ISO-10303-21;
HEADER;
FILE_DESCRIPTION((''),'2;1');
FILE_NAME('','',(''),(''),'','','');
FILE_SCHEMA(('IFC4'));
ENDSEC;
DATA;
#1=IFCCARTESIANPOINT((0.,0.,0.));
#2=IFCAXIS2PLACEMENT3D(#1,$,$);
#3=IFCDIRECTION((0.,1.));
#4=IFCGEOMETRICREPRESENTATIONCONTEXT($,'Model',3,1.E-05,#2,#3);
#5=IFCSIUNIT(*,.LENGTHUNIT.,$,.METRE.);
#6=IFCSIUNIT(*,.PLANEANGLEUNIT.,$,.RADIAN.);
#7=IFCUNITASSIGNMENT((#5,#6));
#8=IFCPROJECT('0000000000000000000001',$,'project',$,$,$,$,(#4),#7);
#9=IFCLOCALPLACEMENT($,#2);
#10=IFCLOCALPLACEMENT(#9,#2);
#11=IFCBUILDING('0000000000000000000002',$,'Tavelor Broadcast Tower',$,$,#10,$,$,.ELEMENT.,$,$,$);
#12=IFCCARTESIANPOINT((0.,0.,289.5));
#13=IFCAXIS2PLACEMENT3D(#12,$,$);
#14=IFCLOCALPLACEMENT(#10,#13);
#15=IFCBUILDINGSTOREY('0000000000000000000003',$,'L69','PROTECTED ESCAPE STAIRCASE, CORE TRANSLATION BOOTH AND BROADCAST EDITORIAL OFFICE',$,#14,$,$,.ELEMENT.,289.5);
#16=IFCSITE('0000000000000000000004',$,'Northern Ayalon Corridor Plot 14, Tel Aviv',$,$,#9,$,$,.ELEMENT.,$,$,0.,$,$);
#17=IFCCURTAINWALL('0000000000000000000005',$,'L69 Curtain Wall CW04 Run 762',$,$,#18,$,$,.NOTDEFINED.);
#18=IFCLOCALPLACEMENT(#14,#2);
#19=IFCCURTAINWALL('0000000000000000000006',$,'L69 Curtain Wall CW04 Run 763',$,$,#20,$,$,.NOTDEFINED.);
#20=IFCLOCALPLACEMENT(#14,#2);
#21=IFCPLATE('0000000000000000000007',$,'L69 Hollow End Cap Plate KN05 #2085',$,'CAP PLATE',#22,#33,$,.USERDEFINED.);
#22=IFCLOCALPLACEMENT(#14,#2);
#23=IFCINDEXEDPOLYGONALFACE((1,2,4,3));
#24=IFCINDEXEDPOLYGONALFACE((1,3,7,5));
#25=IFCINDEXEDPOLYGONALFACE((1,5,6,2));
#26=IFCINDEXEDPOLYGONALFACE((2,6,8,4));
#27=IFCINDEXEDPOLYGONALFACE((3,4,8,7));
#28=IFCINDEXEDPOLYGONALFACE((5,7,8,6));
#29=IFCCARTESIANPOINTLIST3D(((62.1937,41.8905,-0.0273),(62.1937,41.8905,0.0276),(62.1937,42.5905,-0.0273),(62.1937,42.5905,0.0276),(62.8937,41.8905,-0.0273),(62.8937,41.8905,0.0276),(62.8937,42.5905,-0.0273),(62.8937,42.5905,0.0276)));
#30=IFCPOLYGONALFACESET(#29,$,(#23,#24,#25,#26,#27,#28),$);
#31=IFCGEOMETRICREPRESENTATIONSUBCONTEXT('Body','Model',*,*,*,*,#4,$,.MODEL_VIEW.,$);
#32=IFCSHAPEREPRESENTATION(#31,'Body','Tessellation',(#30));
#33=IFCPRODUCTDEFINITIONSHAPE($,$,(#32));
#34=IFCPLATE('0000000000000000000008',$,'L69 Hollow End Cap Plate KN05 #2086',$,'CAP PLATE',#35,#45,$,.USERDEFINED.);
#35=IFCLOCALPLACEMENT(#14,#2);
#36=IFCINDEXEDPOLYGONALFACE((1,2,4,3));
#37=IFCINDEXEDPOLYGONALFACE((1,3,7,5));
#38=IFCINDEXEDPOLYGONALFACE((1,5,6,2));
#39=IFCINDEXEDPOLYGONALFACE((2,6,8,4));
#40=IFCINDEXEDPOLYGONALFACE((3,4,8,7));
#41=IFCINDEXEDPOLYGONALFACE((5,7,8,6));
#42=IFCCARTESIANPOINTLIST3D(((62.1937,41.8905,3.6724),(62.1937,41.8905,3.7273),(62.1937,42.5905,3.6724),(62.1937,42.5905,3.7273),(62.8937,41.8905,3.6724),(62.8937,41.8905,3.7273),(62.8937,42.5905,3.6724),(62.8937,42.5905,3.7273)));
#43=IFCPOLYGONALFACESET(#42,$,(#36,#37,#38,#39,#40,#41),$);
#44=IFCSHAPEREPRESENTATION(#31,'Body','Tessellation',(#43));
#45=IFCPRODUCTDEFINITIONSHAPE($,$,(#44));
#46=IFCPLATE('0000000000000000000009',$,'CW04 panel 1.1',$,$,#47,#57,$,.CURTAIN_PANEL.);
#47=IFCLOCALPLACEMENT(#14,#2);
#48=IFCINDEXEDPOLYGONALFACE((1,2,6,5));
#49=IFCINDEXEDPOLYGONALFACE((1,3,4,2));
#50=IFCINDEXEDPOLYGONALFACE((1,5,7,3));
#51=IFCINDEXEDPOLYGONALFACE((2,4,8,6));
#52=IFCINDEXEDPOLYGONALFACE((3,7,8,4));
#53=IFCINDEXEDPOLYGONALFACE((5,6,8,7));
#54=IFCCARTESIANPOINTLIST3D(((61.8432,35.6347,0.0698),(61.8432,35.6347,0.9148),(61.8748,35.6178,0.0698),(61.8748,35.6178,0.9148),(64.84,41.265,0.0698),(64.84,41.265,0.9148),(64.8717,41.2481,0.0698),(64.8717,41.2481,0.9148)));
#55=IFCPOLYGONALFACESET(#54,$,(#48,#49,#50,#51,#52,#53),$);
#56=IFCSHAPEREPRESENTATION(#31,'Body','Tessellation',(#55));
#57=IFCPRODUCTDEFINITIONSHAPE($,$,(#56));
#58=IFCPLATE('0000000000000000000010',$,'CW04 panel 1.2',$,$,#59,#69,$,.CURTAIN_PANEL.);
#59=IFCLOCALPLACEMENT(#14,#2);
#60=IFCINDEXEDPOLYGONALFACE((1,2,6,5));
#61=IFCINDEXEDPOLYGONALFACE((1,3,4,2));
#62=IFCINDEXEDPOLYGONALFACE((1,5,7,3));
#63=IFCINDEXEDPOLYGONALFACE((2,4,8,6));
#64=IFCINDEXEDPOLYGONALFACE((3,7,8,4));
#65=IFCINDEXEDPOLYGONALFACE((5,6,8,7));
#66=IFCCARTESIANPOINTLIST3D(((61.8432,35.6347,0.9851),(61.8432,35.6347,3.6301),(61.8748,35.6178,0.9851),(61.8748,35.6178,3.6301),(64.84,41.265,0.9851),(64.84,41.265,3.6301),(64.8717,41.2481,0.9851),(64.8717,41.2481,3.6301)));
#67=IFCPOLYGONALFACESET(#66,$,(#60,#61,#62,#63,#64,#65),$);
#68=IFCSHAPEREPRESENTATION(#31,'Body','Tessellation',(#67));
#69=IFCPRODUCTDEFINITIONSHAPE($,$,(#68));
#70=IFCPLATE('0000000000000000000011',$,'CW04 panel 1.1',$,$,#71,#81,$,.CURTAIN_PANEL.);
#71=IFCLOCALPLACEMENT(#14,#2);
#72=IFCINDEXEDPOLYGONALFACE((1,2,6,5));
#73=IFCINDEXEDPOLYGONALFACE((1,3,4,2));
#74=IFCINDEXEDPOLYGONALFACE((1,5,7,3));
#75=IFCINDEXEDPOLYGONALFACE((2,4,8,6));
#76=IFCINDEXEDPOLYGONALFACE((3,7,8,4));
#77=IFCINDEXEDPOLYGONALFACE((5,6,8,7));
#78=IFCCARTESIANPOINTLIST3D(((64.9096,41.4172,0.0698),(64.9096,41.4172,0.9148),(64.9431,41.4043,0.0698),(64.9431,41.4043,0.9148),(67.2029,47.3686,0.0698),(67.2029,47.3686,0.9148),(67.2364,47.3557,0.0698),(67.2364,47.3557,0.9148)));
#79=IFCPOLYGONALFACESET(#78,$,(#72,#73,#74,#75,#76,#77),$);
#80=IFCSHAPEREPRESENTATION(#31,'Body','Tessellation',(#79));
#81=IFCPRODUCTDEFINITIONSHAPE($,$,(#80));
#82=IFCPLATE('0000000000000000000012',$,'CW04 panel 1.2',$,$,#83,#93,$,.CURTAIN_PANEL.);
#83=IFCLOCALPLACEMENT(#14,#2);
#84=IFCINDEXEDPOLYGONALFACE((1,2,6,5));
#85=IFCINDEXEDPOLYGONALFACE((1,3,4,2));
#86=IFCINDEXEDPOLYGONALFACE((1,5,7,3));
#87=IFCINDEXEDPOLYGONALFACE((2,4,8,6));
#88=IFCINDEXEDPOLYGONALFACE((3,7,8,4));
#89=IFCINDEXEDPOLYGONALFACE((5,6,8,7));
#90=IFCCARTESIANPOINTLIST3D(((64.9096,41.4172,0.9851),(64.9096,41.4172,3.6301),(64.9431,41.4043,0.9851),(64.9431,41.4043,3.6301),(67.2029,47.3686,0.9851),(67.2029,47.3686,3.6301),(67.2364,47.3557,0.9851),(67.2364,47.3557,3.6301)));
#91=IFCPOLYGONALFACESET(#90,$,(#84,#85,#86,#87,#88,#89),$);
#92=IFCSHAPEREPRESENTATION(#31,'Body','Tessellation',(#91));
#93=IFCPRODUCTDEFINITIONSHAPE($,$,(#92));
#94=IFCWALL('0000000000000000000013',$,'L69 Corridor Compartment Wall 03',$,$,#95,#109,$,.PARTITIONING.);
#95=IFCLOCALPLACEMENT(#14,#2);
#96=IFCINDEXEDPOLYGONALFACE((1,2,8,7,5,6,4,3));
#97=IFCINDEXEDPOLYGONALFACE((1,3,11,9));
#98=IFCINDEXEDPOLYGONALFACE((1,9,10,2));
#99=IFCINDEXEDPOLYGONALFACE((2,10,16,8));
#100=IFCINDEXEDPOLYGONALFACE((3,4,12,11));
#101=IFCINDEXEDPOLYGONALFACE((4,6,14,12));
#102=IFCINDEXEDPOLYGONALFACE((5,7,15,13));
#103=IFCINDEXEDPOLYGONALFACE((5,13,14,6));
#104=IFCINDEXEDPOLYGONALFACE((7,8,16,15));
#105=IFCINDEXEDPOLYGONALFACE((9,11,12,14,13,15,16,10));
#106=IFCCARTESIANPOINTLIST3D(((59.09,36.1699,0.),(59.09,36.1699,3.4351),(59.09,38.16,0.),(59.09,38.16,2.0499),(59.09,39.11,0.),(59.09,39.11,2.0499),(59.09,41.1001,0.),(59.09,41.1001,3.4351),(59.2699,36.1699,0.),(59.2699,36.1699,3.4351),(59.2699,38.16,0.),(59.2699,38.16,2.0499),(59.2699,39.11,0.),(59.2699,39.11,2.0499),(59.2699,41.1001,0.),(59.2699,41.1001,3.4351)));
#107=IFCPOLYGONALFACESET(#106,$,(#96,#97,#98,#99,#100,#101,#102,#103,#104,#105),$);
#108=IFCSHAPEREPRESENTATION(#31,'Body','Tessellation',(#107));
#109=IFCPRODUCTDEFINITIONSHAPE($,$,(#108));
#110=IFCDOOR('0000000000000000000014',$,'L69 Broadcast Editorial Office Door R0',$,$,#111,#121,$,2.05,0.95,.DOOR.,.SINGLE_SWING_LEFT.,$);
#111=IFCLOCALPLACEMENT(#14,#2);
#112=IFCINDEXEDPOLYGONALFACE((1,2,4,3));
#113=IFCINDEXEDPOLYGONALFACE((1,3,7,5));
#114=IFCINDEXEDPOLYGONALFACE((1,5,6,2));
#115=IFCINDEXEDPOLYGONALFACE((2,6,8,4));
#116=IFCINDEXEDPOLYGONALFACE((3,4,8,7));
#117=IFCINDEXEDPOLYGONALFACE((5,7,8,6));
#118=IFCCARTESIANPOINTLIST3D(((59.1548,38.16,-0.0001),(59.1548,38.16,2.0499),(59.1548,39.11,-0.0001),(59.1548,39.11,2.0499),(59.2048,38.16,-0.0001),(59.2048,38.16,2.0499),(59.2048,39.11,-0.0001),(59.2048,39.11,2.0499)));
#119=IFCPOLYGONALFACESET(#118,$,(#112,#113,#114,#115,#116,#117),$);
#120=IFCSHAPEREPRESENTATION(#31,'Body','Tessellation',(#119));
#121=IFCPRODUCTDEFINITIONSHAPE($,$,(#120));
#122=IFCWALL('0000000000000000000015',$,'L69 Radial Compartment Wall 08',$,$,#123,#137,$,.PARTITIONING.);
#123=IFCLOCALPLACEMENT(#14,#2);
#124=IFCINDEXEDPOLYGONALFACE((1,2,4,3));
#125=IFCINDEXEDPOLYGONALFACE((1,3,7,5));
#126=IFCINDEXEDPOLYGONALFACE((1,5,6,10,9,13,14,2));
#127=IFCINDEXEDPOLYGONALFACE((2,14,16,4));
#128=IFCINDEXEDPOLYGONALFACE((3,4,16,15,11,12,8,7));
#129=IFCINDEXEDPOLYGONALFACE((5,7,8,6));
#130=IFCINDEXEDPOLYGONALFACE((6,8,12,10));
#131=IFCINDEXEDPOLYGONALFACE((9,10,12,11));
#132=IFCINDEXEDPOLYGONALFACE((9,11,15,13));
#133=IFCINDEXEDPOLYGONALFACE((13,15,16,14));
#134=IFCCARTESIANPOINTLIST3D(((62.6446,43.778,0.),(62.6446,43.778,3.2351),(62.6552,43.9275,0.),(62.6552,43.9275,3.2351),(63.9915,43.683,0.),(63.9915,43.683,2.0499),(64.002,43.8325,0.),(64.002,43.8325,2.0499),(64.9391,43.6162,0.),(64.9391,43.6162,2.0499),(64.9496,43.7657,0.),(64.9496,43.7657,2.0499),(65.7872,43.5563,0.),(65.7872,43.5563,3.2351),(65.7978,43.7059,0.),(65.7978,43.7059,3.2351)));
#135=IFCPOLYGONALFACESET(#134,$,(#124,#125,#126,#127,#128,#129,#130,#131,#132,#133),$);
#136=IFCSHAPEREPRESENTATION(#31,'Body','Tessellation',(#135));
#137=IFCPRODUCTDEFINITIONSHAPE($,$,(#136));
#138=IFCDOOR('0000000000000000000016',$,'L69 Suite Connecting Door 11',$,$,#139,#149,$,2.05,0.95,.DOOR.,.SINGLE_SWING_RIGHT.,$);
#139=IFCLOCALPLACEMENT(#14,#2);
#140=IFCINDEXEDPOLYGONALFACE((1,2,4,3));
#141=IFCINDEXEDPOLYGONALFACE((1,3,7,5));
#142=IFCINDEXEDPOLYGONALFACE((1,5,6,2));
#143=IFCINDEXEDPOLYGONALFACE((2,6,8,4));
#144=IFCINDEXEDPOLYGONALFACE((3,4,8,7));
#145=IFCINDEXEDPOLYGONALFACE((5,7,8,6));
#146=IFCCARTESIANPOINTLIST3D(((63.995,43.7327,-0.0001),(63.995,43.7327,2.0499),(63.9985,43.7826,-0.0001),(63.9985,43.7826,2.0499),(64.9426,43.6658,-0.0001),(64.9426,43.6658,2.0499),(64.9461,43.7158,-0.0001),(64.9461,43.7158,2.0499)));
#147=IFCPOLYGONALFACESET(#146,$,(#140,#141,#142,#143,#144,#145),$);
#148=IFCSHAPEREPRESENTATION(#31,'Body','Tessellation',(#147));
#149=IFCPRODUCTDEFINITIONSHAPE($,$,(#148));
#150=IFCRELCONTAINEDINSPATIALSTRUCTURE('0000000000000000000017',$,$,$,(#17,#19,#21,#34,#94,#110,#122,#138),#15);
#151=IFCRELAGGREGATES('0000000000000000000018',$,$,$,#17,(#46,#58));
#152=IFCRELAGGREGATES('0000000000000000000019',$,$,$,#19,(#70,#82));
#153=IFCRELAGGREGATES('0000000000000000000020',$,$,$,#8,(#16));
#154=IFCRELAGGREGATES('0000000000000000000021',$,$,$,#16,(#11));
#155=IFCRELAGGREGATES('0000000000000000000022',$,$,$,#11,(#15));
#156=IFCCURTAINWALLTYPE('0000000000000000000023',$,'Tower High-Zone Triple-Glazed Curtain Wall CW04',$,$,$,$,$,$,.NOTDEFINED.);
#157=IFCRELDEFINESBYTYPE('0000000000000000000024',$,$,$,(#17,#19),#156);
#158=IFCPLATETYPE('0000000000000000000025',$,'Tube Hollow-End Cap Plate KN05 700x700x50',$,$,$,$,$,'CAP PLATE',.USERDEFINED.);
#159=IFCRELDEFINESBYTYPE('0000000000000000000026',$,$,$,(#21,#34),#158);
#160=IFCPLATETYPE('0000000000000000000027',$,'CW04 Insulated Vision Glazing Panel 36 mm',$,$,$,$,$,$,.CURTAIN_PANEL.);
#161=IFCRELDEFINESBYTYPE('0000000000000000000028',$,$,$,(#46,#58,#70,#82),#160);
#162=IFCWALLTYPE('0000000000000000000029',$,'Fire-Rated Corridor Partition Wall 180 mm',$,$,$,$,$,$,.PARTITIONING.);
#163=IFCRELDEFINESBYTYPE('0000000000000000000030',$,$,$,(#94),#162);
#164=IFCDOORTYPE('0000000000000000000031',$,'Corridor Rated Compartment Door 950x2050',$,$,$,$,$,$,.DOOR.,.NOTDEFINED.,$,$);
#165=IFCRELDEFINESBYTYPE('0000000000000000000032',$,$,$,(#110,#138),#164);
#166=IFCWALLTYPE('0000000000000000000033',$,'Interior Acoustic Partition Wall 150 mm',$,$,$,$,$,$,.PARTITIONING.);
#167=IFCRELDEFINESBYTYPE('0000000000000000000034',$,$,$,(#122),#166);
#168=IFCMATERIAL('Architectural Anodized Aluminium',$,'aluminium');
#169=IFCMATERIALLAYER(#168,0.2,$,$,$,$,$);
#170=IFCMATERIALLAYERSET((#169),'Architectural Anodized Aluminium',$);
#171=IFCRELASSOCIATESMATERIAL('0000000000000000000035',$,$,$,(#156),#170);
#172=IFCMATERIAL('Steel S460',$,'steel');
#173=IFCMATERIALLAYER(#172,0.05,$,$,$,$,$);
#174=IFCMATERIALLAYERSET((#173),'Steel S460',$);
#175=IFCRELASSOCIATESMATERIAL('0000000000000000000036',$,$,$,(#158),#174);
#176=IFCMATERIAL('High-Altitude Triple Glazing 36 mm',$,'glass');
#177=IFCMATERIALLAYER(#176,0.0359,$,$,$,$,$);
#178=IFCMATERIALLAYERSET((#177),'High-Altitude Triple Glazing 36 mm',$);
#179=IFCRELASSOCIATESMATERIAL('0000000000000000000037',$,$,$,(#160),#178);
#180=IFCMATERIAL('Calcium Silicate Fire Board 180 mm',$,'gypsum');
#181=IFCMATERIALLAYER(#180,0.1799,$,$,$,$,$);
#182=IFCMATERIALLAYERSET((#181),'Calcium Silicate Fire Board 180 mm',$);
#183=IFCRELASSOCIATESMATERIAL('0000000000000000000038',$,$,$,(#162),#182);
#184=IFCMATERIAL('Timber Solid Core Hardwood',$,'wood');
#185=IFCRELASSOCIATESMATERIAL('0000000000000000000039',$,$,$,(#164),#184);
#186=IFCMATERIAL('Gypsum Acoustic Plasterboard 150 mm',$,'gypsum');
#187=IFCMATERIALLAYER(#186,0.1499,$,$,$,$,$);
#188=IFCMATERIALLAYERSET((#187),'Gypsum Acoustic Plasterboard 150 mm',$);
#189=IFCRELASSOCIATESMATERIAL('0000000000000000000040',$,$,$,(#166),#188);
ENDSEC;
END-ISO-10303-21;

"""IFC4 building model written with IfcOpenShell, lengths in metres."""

from ifc_helpers import new_model, si_unit, direction, frame, frame_2d, origin, origin_2d, place, context, subcontext, project, spatial, rectangle, extrude, source, transform, mapped, material, layer, layer_set, type_object, type_shapes, element, fill, aggregate, save


model = new_model("IFC4")

# Units and contexts
model_context = context("Model", 3, precision=1e-05, world=origin(), true_north=direction((0.0, 1.0)))
body_context = subcontext(model_context, "Body", "Model", "MODEL_VIEW")
ifc_project = project(units=[si_unit("LENGTHUNIT", "METRE"), si_unit("PLANEANGLEUNIT", "RADIAN")], contexts=[model_context])

# Site, building, storey
site_placement = place(None, origin())
site = spatial("IfcSite", under=ifc_project, at=site_placement, Name="Northern Ayalon Corridor Plot 14, Tel Aviv", CompositionType="ELEMENT", RefElevation=0.0)
building_placement = place(site_placement, origin())
building = spatial("IfcBuilding", under=site, at=building_placement, Name="Tavelor Broadcast Tower", CompositionType="ELEMENT")
storey_placement = place(building_placement, frame((0.0, 0.0, 289.5)))
storey = spatial("IfcBuildingStorey", under=building, at=storey_placement, Name="L69", Description="PROTECTED ESCAPE STAIRCASE, CORE TRANSLATION BOOTH AND BROADCAST EDITORIAL OFFICE", CompositionType="ELEMENT", Elevation=289.5)

# Shared definitions
ifc_material_1 = material(Name="Steel S460", Category="steel")

# Curtain wall
ifc_material_2 = material(Name="Architectural Anodized Aluminium", Category="aluminium")
ifc_layer_1 = layer(ifc_material_2, 0.2)
ifc_layer_set_1 = layer_set([ifc_layer_1], Name="Architectural Anodized Aluminium")
curtain_wall_type = type_object("IfcCurtainWallType", Name="Tower High-Zone Triple-Glazed Curtain Wall CW04", PredefinedType="NOTDEFINED", material=ifc_layer_set_1)
curtain_wall_1_placement = place(storey_placement, origin())
curtain_wall_1 = element("IfcCurtainWall", 1, at=curtain_wall_1_placement, inside=storey, type_object=curtain_wall_type, Name="L69 Curtain Wall CW04 Run 762", PredefinedType="NOTDEFINED")

# Curtain wall
curtain_wall_2_placement = place(storey_placement, origin())
curtain_wall_2 = element("IfcCurtainWall", 2, at=curtain_wall_2_placement, inside=storey, type_object=curtain_wall_type, Name="L69 Curtain Wall CW04 Run 763", PredefinedType="NOTDEFINED")

# Plates
ifc_layer_2 = layer(ifc_material_1, 0.05)
ifc_layer_set_2 = layer_set([ifc_layer_2], Name="Steel S460")
plate_type_1 = type_object("IfcPlateType", Name="Tube Hollow-End Cap Plate KN05 700x700x50", ElementType="CAP PLATE", PredefinedType="USERDEFINED", material=ifc_layer_set_2)
shared_shape_1 = source(origin(), body_context, "Body", "SweptSolid", [
    extrude(rectangle(XDim=0.7, YDim=0.7, at=origin_2d()), origin(), (0.0, 0.0, 1.0), 0.0549),
])
type_shapes(plate_type_1, [shared_shape_1])
for number, where, z_axis, x_axis, name in (
    (3, (62.5437, 42.2405, -0.0273), (0.0, 0.0, 1.0), (1.0, 0.0, 0.0), "L69 Hollow End Cap Plate KN05 #2085"),
    (4, (62.5437, 42.2405, 3.6724), (0.0, 0.0, 1.0), (1.0, 0.0, 0.0), "L69 Hollow End Cap Plate KN05 #2086"),
):
    element("IfcPlate", number, at=place(storey_placement, frame(where, z_axis=z_axis, x_axis=x_axis)), inside=storey, type_object=plate_type_1, Name=name, ObjectType="CAP PLATE", PredefinedType="USERDEFINED", context=body_context, shape_type="MappedRepresentation", body=[
        mapped(shared_shape_1, transform((0.0, 0.0, 0.0), scale=1.0)),
    ])

# Plates
ifc_material_3 = material(Name="High-Altitude Triple Glazing 36 mm", Category="glass")
ifc_layer_3 = layer(ifc_material_3, 0.0359)
ifc_layer_set_3 = layer_set([ifc_layer_3], Name="High-Altitude Triple Glazing 36 mm")
plate_type_2 = type_object("IfcPlateType", Name="CW04 Insulated Vision Glazing Panel 36 mm", PredefinedType="CURTAIN_PANEL", material=ifc_layer_set_3)
shared_shape_2 = source(origin(), body_context, "Body", "SweptSolid", [
    extrude(rectangle(XDim=6.3782, YDim=0.0359, at=origin_2d()), origin(), (0.0, 0.0, 1.0), 0.845),
])
plate_1_placement = place(storey_placement, frame((63.3574, 38.4414, 0.0698), z_axis=(0.0, 0.0, 1.0), x_axis=(0.46986, 0.882741, 0.0)))
plate_1 = element("IfcPlate", 5, at=plate_1_placement, type_object=plate_type_2, Name="CW04 panel 1.1", PredefinedType="CURTAIN_PANEL", context=body_context, shape_type="MappedRepresentation", body=[
    mapped(shared_shape_2, transform((0.0, 0.0, 0.0), scale=1.0)),
])
shared_shape_3 = source(origin(), body_context, "Body", "SweptSolid", [
    extrude(rectangle(XDim=6.3782, YDim=0.0359, at=origin_2d()), origin(), (0.0, 0.0, 1.0), 2.645),
])
plate_2_placement = place(storey_placement, frame((63.3574, 38.4414, 0.9851), z_axis=(0.0, 0.0, 1.0), x_axis=(0.46986, 0.882741, 0.0)))
plate_2 = element("IfcPlate", 6, at=plate_2_placement, type_object=plate_type_2, Name="CW04 panel 1.2", PredefinedType="CURTAIN_PANEL", context=body_context, shape_type="MappedRepresentation", body=[
    mapped(shared_shape_3, transform((0.0, 0.0, 0.0), scale=1.0)),
])
aggregate(curtain_wall_1, [plate_1, plate_2])
shared_shape_4 = source(origin(), body_context, "Body", "SweptSolid", [
    extrude(rectangle(XDim=6.3779, YDim=0.0359, at=origin_2d()), origin(), (0.0, 0.0, 1.0), 0.845),
])
plate_3_placement = place(storey_placement, frame((66.073, 44.3865, 0.0698), z_axis=(0.0, 0.0, 1.0), x_axis=(0.359571, 0.933118, 0.0)))
plate_3 = element("IfcPlate", 7, at=plate_3_placement, type_object=plate_type_2, Name="CW04 panel 1.1", PredefinedType="CURTAIN_PANEL", context=body_context, shape_type="MappedRepresentation", body=[
    mapped(shared_shape_4, transform((0.0, 0.0, 0.0), scale=1.0)),
])
shared_shape_5 = source(origin(), body_context, "Body", "SweptSolid", [
    extrude(rectangle(XDim=6.3779, YDim=0.0359, at=origin_2d()), origin(), (0.0, 0.0, 1.0), 2.645),
])
type_shapes(plate_type_2, [shared_shape_2, shared_shape_3, shared_shape_4, shared_shape_5])
plate_4_placement = place(storey_placement, frame((66.073, 44.3865, 0.9851), z_axis=(0.0, 0.0, 1.0), x_axis=(0.359571, 0.933118, 0.0)))
plate_4 = element("IfcPlate", 8, at=plate_4_placement, type_object=plate_type_2, Name="CW04 panel 1.2", PredefinedType="CURTAIN_PANEL", context=body_context, shape_type="MappedRepresentation", body=[
    mapped(shared_shape_5, transform((0.0, 0.0, 0.0), scale=1.0)),
])
aggregate(curtain_wall_2, [plate_3, plate_4])

# Walls, openings, doors
ifc_material_4 = material(Name="Calcium Silicate Fire Board 180 mm", Category="gypsum")
ifc_layer_4 = layer(ifc_material_4, 0.1799)
ifc_layer_set_4 = layer_set([ifc_layer_4], Name="Calcium Silicate Fire Board 180 mm")
wall_type_1 = type_object("IfcWallType", Name="Fire-Rated Corridor Partition Wall 180 mm", PredefinedType="PARTITIONING", material=ifc_layer_set_4)
wall_1_placement = place(storey_placement, frame((59.1799, 41.1001, 0.0), z_axis=(0.0, 0.0, 1.0), x_axis=(0.0, -1.0, 0.0)))
wall_1 = element("IfcWall", 9, at=wall_1_placement, inside=storey, type_object=wall_type_1, Name="L69 Corridor Compartment Wall 03", PredefinedType="PARTITIONING", context=body_context, shape_type="SweptSolid", body=[
    extrude(rectangle(XDim=4.9302, YDim=0.1799, at=frame_2d((2.4651, 0.0))), origin(), (0.0, 0.0, 1.0), 3.4351),
])
opening_1_placement = place(wall_1_placement, frame((1.99, 0.0, 0.0)))
opening_1 = element("IfcOpeningElement", 10, at=opening_1_placement, cuts=wall_1, PredefinedType="OPENING", context=body_context, shape_type="SweptSolid", body=[
    extrude(rectangle(XDim=0.95, YDim=2.05, at=frame_2d((0.4751, 1.0249))), frame((0.0, 0.1001, 0.0), z_axis=(0.0, -1.0, 0.0), x_axis=(1.0, 0.0, 0.0)), (0.0, 0.0, 1.0), 0.2),
])
ifc_material_5 = material(Name="Timber Solid Core Hardwood", Category="wood")
door_type_1 = type_object("IfcDoorType", Name="Corridor Rated Compartment Door 950x2050", OperationType="NOTDEFINED", PredefinedType="DOOR", material=ifc_material_5)
door_1_placement = place(opening_1_placement, origin())
door_1 = element("IfcDoor", 11, at=door_1_placement, inside=storey, type_object=door_type_1, Name="L69 Broadcast Editorial Office Door R0", OperationType="SINGLE_SWING_LEFT", OverallHeight=2.05, OverallWidth=0.95, PredefinedType="DOOR", context=body_context, shape_type="SweptSolid", body=[
    extrude(rectangle(XDim=0.95, YDim=2.05, at=frame_2d((0.4751, 1.0249))), frame((0.0, 0.0249, 0.0), z_axis=(0.0, -1.0, 0.0), x_axis=(1.0, 0.0, 0.0)), (0.0, 0.0, 1.0), 0.05),
])
fill(opening_1, door_1)
ifc_material_6 = material(Name="Gypsum Acoustic Plasterboard 150 mm", Category="gypsum")
ifc_layer_5 = layer(ifc_material_6, 0.1499)
ifc_layer_set_5 = layer_set([ifc_layer_5], Name="Gypsum Acoustic Plasterboard 150 mm")
wall_type_2 = type_object("IfcWallType", Name="Interior Acoustic Partition Wall 150 mm", PredefinedType="PARTITIONING", material=ifc_layer_set_5)
wall_2_placement = place(storey_placement, frame((62.6499, 43.8528, 0.0), z_axis=(0.0, 0.0, 1.0), x_axis=(0.997521, -0.070366, 0.0)))
wall_2 = element("IfcWall", 12, at=wall_2_placement, inside=storey, type_object=wall_type_2, Name="L69 Radial Compartment Wall 08", PredefinedType="PARTITIONING", context=body_context, shape_type="SweptSolid", body=[
    extrude(rectangle(XDim=3.1504, YDim=0.1499, at=frame_2d((1.5752, 0.0))), origin(), (0.0, 0.0, 1.0), 3.2351),
])
opening_2_placement = place(wall_2_placement, frame((1.3501, 0.0, 0.0)))
opening_2 = element("IfcOpeningElement", 13, at=opening_2_placement, cuts=wall_2, PredefinedType="OPENING", context=body_context, shape_type="SweptSolid", body=[
    extrude(rectangle(XDim=0.95, YDim=2.05, at=frame_2d((0.4751, 1.0249))), frame((0.0, 0.085, 0.0), z_axis=(0.0, -1.0, 0.0), x_axis=(1.0, 0.0, 0.0)), (0.0, 0.0, 1.0), 0.1699),
])
door_2_placement = place(opening_2_placement, origin())
door_2 = element("IfcDoor", 14, at=door_2_placement, inside=storey, type_object=door_type_1, Name="L69 Suite Connecting Door 11", OperationType="SINGLE_SWING_RIGHT", OverallHeight=2.05, OverallWidth=0.95, PredefinedType="DOOR", context=body_context, shape_type="SweptSolid", body=[
    extrude(rectangle(XDim=0.95, YDim=2.05, at=frame_2d((0.4751, 1.0249))), frame((0.0, 0.0249, 0.0), z_axis=(0.0, -1.0, 0.0), x_axis=(1.0, 0.0, 0.0)), (0.0, 0.0, 1.0), 0.05),
])
fill(opening_2, door_2)

save(model, "model.ifc")
